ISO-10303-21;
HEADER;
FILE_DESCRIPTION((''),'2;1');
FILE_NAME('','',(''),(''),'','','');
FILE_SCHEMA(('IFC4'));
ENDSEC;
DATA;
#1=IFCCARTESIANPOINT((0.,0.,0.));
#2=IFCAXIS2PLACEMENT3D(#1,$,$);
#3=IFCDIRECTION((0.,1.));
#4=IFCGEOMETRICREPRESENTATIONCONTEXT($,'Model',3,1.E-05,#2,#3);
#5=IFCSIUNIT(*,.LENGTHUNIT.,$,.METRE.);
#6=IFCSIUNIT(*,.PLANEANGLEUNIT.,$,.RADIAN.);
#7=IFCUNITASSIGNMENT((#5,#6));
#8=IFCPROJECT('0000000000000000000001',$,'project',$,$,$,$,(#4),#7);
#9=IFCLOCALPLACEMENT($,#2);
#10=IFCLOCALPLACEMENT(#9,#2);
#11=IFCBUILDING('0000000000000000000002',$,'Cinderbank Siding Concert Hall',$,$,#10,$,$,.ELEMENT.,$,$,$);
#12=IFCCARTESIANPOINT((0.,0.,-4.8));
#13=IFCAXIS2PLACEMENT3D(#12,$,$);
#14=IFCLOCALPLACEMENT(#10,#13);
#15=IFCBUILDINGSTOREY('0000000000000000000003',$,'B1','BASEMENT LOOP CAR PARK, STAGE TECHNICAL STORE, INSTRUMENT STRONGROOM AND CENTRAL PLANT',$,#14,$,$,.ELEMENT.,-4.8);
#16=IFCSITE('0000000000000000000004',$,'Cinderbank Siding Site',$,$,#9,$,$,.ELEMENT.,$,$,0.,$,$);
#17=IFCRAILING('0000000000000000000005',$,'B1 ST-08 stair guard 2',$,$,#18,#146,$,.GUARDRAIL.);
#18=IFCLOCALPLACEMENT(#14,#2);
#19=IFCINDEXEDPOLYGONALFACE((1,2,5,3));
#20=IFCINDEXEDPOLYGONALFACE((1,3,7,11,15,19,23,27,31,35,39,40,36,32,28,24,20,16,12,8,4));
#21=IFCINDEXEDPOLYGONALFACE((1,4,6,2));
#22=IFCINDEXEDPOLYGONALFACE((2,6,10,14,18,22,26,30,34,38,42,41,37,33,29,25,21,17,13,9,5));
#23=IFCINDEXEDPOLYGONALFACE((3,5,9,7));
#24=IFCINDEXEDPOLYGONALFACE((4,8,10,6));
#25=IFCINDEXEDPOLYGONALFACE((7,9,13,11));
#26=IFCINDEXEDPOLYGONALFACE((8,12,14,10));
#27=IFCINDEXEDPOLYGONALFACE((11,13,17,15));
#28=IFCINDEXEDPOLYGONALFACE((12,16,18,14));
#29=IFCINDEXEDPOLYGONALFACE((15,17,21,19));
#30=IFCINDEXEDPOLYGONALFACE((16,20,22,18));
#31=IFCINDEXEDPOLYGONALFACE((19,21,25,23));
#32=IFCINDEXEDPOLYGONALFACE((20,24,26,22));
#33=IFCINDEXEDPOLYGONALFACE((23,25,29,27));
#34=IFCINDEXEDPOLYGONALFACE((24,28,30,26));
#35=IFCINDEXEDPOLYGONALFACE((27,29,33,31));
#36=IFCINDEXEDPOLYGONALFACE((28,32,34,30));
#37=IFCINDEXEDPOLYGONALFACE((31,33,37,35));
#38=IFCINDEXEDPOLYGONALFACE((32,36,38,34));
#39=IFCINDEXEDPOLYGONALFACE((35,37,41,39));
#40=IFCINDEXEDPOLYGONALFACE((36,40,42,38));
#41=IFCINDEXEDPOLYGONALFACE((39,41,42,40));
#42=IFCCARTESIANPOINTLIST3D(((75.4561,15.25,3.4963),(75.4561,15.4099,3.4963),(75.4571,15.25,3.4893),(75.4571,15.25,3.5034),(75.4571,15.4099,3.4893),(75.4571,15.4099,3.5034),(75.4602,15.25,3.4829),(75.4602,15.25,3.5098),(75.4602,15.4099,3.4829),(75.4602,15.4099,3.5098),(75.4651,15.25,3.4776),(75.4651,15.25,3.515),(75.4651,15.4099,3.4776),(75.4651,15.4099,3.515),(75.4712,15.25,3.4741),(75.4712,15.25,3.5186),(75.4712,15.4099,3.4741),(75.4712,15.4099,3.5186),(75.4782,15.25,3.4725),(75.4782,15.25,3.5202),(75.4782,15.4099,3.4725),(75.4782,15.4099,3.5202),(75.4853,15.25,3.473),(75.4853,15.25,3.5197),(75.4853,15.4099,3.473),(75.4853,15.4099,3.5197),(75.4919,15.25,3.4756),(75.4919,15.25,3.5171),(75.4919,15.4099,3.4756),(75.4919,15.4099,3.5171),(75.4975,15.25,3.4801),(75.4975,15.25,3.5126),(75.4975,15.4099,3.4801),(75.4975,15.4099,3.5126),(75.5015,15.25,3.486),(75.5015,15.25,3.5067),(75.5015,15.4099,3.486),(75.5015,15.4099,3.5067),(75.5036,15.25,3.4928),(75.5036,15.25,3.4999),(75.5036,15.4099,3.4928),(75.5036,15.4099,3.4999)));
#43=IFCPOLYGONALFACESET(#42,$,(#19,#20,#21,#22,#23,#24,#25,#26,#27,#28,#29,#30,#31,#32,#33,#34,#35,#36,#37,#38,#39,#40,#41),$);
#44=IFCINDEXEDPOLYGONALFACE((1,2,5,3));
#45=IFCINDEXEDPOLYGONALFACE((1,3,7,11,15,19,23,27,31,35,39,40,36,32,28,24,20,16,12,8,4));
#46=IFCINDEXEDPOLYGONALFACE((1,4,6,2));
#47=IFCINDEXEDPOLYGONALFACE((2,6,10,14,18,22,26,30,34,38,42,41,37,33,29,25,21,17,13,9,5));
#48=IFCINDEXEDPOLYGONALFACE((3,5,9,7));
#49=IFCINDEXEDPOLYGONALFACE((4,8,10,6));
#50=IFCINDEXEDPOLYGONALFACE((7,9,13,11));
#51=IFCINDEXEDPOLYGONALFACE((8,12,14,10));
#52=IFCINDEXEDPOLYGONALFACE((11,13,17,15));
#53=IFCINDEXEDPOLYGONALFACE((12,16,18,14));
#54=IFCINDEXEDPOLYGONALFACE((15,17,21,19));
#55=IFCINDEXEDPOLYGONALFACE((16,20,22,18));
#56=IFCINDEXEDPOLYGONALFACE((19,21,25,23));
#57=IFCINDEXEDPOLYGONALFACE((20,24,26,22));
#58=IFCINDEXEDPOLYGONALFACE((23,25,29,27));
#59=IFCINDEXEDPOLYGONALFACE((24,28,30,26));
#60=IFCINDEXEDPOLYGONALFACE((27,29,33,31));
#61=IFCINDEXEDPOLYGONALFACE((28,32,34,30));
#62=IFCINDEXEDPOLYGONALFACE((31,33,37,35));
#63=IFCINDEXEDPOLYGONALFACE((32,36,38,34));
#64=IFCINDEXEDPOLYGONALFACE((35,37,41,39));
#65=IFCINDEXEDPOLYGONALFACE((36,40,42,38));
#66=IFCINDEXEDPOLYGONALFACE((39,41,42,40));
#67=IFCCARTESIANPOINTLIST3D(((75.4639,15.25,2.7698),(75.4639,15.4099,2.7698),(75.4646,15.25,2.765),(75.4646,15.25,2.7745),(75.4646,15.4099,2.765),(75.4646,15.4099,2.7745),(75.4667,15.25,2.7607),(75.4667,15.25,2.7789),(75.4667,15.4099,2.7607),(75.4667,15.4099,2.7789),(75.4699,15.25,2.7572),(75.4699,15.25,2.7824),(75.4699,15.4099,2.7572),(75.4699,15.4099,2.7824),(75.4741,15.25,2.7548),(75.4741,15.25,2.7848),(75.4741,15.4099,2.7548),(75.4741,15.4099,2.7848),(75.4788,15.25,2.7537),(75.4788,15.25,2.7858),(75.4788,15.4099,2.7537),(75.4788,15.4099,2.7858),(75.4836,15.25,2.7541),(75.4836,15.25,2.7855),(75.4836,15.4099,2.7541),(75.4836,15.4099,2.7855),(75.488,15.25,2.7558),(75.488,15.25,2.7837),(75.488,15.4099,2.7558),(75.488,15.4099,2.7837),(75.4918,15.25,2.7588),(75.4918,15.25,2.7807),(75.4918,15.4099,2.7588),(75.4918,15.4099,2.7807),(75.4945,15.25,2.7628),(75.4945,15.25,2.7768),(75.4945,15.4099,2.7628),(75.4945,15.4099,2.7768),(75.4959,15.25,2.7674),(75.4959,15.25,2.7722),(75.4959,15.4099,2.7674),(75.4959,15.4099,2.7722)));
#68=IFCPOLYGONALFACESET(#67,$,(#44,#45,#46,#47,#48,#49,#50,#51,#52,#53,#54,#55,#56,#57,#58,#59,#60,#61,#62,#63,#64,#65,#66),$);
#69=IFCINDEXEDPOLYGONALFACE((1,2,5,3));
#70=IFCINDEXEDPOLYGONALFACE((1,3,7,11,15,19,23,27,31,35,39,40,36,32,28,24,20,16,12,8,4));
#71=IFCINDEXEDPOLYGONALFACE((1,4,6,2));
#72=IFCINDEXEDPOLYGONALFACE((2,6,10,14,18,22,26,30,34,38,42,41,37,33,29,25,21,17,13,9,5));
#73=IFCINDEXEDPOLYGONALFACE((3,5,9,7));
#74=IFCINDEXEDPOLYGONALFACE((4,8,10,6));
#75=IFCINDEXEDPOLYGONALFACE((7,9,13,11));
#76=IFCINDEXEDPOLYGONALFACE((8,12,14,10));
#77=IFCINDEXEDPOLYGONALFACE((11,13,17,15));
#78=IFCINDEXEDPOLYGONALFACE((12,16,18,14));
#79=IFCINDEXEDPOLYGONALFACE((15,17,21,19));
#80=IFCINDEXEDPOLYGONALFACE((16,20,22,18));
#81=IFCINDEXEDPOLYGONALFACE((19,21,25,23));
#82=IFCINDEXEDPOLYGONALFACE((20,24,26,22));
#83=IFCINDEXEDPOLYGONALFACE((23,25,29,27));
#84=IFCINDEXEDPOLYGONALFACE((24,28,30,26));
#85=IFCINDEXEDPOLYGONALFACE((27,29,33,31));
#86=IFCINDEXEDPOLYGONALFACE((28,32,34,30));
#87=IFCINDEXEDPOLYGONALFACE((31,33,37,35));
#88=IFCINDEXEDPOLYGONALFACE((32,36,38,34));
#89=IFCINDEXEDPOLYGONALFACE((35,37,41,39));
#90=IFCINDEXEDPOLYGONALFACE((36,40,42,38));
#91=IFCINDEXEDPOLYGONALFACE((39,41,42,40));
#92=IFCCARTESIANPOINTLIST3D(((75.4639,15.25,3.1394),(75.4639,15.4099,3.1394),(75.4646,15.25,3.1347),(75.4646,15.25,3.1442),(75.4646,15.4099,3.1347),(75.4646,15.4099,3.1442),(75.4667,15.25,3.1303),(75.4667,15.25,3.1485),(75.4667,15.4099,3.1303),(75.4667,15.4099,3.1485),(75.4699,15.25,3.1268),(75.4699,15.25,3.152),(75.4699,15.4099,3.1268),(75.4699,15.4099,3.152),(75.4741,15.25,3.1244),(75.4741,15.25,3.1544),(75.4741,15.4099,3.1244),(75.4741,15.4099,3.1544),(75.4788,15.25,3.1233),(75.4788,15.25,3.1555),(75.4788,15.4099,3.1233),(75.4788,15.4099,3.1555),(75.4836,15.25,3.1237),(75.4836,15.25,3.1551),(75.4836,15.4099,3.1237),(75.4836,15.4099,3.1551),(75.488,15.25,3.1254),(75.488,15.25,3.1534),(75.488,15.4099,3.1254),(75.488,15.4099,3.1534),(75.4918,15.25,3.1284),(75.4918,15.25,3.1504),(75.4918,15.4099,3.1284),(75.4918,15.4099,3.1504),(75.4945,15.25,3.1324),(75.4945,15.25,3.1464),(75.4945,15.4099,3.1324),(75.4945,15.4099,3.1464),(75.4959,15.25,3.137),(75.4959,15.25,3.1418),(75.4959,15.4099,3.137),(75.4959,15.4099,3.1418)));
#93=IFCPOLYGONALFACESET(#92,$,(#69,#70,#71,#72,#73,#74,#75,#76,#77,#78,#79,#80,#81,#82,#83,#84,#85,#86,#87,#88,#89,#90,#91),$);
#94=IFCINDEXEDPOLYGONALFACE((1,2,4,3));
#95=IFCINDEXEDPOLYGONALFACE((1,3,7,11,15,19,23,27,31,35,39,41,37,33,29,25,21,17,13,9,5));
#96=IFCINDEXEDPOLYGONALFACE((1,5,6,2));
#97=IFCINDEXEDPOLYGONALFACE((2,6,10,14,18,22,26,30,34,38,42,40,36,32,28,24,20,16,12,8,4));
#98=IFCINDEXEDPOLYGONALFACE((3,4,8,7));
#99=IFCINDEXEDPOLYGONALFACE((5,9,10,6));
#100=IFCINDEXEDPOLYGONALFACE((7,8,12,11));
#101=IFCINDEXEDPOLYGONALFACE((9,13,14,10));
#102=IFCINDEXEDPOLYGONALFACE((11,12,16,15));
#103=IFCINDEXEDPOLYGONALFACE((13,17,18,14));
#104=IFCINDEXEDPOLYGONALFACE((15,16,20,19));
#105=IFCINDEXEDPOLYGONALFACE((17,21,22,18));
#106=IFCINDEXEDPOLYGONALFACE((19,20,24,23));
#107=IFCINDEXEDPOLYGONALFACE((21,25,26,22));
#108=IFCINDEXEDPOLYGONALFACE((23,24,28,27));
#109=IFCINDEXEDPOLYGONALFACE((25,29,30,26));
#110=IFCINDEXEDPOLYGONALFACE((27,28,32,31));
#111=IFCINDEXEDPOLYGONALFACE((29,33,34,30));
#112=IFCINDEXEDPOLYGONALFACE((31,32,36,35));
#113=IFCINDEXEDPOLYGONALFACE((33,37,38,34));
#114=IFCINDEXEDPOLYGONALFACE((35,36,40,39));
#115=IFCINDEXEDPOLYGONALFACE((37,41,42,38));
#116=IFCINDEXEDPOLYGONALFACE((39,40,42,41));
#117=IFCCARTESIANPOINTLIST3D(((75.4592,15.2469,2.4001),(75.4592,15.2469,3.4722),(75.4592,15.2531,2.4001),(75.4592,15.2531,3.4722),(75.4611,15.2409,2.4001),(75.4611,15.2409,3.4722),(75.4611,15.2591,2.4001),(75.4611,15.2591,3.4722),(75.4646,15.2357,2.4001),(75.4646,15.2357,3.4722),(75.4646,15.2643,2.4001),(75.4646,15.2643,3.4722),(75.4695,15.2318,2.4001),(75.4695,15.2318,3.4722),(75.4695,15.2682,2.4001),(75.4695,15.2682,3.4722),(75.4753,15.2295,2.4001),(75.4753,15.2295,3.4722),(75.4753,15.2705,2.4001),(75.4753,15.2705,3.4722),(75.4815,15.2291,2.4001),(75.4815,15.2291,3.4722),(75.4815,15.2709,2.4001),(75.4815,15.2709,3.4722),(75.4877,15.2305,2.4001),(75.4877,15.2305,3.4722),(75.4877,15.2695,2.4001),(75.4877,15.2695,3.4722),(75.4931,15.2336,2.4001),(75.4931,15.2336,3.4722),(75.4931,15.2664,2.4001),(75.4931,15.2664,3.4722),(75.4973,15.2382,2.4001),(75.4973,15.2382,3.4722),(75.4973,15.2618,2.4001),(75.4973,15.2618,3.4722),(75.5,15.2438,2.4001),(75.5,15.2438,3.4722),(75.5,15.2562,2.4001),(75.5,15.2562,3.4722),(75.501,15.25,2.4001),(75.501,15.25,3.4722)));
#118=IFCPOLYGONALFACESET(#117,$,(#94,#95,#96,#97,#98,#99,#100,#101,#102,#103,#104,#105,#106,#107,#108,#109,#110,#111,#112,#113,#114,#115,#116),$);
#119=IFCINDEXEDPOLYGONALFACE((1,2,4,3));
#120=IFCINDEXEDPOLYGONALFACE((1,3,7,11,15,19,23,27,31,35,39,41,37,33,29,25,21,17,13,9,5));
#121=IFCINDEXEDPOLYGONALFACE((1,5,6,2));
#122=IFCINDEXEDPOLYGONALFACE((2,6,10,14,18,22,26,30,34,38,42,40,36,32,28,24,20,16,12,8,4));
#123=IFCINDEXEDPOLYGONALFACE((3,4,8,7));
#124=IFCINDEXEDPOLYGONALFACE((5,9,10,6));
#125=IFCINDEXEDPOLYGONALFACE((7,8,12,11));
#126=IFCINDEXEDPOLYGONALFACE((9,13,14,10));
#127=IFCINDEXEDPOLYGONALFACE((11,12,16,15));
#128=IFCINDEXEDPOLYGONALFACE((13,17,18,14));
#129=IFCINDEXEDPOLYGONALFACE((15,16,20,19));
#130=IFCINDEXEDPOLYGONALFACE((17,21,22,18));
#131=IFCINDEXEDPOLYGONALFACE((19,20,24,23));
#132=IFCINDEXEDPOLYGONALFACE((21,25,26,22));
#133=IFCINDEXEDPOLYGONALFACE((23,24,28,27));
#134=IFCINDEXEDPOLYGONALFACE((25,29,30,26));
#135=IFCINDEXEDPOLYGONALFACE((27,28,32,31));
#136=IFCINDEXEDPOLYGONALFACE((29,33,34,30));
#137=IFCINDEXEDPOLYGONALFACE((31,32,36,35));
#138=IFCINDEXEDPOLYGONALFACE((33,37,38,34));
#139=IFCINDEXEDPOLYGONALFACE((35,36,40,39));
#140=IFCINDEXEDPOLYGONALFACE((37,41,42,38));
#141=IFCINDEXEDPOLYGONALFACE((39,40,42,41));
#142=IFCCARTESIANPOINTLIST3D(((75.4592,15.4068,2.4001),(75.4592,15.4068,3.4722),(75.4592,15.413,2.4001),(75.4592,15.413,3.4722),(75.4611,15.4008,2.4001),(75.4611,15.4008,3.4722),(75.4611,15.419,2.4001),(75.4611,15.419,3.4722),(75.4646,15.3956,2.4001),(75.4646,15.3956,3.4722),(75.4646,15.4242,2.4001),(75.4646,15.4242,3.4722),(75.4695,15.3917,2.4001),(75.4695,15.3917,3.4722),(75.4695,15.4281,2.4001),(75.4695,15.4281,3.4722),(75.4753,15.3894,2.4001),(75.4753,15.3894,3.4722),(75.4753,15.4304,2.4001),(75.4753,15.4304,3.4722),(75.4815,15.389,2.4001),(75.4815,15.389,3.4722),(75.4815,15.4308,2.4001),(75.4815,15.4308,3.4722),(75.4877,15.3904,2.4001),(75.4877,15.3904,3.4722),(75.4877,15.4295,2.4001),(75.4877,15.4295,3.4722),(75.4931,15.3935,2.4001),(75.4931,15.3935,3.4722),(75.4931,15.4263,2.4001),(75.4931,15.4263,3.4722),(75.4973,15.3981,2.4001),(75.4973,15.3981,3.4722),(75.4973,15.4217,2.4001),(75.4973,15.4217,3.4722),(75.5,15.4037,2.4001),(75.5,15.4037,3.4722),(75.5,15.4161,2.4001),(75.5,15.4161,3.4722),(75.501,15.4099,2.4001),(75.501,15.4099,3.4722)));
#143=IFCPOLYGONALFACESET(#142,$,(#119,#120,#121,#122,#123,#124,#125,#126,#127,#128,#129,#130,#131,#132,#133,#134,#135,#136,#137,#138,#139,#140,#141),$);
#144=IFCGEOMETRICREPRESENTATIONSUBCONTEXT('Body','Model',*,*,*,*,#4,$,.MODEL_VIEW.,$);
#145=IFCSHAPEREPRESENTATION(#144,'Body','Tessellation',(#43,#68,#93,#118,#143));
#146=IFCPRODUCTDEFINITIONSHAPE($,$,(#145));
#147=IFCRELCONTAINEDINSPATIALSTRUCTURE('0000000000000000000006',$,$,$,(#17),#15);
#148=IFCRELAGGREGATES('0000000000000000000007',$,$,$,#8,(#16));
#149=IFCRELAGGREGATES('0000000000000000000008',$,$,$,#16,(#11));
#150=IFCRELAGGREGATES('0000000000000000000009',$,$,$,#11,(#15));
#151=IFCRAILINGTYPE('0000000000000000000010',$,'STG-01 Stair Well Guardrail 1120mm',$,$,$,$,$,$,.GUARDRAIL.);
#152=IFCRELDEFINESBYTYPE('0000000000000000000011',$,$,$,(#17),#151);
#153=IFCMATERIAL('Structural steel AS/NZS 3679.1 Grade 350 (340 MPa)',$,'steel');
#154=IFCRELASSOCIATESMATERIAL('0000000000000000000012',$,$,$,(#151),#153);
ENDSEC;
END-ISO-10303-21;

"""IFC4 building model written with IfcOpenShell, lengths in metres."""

from ifc_helpers import new_model, si_unit, direction, frame, origin, origin_2d, place, context, subcontext, project, spatial, circle, extrude, material, type_object, element, save


model = new_model("IFC4")

# Units and contexts
model_context = context("Model", 3, precision=1e-05, world=origin(), true_north=direction((0.0, 1.0)))
body_context = subcontext(model_context, "Body", "Model", "MODEL_VIEW")
ifc_project = project(units=[si_unit("LENGTHUNIT", "METRE"), si_unit("PLANEANGLEUNIT", "RADIAN")], contexts=[model_context])

# Site, building, storey
site_placement = place(None, origin())
site = spatial("IfcSite", under=ifc_project, at=site_placement, Name="Cinderbank Siding Site", CompositionType="ELEMENT", RefElevation=0.0)
building_placement = place(site_placement, origin())
building = spatial("IfcBuilding", under=site, at=building_placement, Name="Cinderbank Siding Concert Hall", CompositionType="ELEMENT")
storey_placement = place(building_placement, frame((0.0, 0.0, -4.8)))
storey = spatial("IfcBuildingStorey", under=building, at=storey_placement, Name="B1", Description="BASEMENT LOOP CAR PARK, STAGE TECHNICAL STORE, INSTRUMENT STRONGROOM AND CENTRAL PLANT", CompositionType="ELEMENT", Elevation=-4.8)

# Railing
ifc_material_1 = material(Name="Structural steel AS/NZS 3679.1 Grade 350 (340 MPa)", Category="steel")
railing_type_1 = type_object("IfcRailingType", Name="STG-01 Stair Well Guardrail 1120mm", PredefinedType="GUARDRAIL", material=ifc_material_1)
railing_1_placement = place(storey_placement, frame((75.48, 15.25, 2.4001)))
element("IfcRailing", 1, at=railing_1_placement, inside=storey, type_object=railing_type_1, Name="B1 ST-08 stair guard 2", PredefinedType="GUARDRAIL", context=body_context, shape_type="SweptSolid", body=[
    extrude(circle(Radius=0.0239, at=origin_2d()), frame((0.0, 0.0, 1.0962), z_axis=(0.0, 1.0, 0.0), x_axis=(-1.0, 0.0, 0.0)), (0.0, 0.0, 1.0), 0.1599),
    extrude(circle(Radius=0.0161, at=origin_2d()), frame((0.0, 0.0, 0.3696), z_axis=(0.0, 1.0, 0.0), x_axis=(-1.0, 0.0, 0.0)), (0.0, 0.0, 1.0), 0.1599),
    extrude(circle(Radius=0.0161, at=origin_2d()), frame((0.0, 0.0, 0.7393), z_axis=(0.0, 1.0, 0.0), x_axis=(-1.0, 0.0, 0.0)), (0.0, 0.0, 1.0), 0.1599),
    extrude(circle(Radius=0.021, at=origin_2d()), origin(), (0.0, 0.0, 1.0), 1.072),
    extrude(circle(Radius=0.021, at=origin_2d()), frame((0.0, 0.1599, 0.0)), (0.0, 0.0, 1.0), 1.072),
])

save(model, "model.ifc")
